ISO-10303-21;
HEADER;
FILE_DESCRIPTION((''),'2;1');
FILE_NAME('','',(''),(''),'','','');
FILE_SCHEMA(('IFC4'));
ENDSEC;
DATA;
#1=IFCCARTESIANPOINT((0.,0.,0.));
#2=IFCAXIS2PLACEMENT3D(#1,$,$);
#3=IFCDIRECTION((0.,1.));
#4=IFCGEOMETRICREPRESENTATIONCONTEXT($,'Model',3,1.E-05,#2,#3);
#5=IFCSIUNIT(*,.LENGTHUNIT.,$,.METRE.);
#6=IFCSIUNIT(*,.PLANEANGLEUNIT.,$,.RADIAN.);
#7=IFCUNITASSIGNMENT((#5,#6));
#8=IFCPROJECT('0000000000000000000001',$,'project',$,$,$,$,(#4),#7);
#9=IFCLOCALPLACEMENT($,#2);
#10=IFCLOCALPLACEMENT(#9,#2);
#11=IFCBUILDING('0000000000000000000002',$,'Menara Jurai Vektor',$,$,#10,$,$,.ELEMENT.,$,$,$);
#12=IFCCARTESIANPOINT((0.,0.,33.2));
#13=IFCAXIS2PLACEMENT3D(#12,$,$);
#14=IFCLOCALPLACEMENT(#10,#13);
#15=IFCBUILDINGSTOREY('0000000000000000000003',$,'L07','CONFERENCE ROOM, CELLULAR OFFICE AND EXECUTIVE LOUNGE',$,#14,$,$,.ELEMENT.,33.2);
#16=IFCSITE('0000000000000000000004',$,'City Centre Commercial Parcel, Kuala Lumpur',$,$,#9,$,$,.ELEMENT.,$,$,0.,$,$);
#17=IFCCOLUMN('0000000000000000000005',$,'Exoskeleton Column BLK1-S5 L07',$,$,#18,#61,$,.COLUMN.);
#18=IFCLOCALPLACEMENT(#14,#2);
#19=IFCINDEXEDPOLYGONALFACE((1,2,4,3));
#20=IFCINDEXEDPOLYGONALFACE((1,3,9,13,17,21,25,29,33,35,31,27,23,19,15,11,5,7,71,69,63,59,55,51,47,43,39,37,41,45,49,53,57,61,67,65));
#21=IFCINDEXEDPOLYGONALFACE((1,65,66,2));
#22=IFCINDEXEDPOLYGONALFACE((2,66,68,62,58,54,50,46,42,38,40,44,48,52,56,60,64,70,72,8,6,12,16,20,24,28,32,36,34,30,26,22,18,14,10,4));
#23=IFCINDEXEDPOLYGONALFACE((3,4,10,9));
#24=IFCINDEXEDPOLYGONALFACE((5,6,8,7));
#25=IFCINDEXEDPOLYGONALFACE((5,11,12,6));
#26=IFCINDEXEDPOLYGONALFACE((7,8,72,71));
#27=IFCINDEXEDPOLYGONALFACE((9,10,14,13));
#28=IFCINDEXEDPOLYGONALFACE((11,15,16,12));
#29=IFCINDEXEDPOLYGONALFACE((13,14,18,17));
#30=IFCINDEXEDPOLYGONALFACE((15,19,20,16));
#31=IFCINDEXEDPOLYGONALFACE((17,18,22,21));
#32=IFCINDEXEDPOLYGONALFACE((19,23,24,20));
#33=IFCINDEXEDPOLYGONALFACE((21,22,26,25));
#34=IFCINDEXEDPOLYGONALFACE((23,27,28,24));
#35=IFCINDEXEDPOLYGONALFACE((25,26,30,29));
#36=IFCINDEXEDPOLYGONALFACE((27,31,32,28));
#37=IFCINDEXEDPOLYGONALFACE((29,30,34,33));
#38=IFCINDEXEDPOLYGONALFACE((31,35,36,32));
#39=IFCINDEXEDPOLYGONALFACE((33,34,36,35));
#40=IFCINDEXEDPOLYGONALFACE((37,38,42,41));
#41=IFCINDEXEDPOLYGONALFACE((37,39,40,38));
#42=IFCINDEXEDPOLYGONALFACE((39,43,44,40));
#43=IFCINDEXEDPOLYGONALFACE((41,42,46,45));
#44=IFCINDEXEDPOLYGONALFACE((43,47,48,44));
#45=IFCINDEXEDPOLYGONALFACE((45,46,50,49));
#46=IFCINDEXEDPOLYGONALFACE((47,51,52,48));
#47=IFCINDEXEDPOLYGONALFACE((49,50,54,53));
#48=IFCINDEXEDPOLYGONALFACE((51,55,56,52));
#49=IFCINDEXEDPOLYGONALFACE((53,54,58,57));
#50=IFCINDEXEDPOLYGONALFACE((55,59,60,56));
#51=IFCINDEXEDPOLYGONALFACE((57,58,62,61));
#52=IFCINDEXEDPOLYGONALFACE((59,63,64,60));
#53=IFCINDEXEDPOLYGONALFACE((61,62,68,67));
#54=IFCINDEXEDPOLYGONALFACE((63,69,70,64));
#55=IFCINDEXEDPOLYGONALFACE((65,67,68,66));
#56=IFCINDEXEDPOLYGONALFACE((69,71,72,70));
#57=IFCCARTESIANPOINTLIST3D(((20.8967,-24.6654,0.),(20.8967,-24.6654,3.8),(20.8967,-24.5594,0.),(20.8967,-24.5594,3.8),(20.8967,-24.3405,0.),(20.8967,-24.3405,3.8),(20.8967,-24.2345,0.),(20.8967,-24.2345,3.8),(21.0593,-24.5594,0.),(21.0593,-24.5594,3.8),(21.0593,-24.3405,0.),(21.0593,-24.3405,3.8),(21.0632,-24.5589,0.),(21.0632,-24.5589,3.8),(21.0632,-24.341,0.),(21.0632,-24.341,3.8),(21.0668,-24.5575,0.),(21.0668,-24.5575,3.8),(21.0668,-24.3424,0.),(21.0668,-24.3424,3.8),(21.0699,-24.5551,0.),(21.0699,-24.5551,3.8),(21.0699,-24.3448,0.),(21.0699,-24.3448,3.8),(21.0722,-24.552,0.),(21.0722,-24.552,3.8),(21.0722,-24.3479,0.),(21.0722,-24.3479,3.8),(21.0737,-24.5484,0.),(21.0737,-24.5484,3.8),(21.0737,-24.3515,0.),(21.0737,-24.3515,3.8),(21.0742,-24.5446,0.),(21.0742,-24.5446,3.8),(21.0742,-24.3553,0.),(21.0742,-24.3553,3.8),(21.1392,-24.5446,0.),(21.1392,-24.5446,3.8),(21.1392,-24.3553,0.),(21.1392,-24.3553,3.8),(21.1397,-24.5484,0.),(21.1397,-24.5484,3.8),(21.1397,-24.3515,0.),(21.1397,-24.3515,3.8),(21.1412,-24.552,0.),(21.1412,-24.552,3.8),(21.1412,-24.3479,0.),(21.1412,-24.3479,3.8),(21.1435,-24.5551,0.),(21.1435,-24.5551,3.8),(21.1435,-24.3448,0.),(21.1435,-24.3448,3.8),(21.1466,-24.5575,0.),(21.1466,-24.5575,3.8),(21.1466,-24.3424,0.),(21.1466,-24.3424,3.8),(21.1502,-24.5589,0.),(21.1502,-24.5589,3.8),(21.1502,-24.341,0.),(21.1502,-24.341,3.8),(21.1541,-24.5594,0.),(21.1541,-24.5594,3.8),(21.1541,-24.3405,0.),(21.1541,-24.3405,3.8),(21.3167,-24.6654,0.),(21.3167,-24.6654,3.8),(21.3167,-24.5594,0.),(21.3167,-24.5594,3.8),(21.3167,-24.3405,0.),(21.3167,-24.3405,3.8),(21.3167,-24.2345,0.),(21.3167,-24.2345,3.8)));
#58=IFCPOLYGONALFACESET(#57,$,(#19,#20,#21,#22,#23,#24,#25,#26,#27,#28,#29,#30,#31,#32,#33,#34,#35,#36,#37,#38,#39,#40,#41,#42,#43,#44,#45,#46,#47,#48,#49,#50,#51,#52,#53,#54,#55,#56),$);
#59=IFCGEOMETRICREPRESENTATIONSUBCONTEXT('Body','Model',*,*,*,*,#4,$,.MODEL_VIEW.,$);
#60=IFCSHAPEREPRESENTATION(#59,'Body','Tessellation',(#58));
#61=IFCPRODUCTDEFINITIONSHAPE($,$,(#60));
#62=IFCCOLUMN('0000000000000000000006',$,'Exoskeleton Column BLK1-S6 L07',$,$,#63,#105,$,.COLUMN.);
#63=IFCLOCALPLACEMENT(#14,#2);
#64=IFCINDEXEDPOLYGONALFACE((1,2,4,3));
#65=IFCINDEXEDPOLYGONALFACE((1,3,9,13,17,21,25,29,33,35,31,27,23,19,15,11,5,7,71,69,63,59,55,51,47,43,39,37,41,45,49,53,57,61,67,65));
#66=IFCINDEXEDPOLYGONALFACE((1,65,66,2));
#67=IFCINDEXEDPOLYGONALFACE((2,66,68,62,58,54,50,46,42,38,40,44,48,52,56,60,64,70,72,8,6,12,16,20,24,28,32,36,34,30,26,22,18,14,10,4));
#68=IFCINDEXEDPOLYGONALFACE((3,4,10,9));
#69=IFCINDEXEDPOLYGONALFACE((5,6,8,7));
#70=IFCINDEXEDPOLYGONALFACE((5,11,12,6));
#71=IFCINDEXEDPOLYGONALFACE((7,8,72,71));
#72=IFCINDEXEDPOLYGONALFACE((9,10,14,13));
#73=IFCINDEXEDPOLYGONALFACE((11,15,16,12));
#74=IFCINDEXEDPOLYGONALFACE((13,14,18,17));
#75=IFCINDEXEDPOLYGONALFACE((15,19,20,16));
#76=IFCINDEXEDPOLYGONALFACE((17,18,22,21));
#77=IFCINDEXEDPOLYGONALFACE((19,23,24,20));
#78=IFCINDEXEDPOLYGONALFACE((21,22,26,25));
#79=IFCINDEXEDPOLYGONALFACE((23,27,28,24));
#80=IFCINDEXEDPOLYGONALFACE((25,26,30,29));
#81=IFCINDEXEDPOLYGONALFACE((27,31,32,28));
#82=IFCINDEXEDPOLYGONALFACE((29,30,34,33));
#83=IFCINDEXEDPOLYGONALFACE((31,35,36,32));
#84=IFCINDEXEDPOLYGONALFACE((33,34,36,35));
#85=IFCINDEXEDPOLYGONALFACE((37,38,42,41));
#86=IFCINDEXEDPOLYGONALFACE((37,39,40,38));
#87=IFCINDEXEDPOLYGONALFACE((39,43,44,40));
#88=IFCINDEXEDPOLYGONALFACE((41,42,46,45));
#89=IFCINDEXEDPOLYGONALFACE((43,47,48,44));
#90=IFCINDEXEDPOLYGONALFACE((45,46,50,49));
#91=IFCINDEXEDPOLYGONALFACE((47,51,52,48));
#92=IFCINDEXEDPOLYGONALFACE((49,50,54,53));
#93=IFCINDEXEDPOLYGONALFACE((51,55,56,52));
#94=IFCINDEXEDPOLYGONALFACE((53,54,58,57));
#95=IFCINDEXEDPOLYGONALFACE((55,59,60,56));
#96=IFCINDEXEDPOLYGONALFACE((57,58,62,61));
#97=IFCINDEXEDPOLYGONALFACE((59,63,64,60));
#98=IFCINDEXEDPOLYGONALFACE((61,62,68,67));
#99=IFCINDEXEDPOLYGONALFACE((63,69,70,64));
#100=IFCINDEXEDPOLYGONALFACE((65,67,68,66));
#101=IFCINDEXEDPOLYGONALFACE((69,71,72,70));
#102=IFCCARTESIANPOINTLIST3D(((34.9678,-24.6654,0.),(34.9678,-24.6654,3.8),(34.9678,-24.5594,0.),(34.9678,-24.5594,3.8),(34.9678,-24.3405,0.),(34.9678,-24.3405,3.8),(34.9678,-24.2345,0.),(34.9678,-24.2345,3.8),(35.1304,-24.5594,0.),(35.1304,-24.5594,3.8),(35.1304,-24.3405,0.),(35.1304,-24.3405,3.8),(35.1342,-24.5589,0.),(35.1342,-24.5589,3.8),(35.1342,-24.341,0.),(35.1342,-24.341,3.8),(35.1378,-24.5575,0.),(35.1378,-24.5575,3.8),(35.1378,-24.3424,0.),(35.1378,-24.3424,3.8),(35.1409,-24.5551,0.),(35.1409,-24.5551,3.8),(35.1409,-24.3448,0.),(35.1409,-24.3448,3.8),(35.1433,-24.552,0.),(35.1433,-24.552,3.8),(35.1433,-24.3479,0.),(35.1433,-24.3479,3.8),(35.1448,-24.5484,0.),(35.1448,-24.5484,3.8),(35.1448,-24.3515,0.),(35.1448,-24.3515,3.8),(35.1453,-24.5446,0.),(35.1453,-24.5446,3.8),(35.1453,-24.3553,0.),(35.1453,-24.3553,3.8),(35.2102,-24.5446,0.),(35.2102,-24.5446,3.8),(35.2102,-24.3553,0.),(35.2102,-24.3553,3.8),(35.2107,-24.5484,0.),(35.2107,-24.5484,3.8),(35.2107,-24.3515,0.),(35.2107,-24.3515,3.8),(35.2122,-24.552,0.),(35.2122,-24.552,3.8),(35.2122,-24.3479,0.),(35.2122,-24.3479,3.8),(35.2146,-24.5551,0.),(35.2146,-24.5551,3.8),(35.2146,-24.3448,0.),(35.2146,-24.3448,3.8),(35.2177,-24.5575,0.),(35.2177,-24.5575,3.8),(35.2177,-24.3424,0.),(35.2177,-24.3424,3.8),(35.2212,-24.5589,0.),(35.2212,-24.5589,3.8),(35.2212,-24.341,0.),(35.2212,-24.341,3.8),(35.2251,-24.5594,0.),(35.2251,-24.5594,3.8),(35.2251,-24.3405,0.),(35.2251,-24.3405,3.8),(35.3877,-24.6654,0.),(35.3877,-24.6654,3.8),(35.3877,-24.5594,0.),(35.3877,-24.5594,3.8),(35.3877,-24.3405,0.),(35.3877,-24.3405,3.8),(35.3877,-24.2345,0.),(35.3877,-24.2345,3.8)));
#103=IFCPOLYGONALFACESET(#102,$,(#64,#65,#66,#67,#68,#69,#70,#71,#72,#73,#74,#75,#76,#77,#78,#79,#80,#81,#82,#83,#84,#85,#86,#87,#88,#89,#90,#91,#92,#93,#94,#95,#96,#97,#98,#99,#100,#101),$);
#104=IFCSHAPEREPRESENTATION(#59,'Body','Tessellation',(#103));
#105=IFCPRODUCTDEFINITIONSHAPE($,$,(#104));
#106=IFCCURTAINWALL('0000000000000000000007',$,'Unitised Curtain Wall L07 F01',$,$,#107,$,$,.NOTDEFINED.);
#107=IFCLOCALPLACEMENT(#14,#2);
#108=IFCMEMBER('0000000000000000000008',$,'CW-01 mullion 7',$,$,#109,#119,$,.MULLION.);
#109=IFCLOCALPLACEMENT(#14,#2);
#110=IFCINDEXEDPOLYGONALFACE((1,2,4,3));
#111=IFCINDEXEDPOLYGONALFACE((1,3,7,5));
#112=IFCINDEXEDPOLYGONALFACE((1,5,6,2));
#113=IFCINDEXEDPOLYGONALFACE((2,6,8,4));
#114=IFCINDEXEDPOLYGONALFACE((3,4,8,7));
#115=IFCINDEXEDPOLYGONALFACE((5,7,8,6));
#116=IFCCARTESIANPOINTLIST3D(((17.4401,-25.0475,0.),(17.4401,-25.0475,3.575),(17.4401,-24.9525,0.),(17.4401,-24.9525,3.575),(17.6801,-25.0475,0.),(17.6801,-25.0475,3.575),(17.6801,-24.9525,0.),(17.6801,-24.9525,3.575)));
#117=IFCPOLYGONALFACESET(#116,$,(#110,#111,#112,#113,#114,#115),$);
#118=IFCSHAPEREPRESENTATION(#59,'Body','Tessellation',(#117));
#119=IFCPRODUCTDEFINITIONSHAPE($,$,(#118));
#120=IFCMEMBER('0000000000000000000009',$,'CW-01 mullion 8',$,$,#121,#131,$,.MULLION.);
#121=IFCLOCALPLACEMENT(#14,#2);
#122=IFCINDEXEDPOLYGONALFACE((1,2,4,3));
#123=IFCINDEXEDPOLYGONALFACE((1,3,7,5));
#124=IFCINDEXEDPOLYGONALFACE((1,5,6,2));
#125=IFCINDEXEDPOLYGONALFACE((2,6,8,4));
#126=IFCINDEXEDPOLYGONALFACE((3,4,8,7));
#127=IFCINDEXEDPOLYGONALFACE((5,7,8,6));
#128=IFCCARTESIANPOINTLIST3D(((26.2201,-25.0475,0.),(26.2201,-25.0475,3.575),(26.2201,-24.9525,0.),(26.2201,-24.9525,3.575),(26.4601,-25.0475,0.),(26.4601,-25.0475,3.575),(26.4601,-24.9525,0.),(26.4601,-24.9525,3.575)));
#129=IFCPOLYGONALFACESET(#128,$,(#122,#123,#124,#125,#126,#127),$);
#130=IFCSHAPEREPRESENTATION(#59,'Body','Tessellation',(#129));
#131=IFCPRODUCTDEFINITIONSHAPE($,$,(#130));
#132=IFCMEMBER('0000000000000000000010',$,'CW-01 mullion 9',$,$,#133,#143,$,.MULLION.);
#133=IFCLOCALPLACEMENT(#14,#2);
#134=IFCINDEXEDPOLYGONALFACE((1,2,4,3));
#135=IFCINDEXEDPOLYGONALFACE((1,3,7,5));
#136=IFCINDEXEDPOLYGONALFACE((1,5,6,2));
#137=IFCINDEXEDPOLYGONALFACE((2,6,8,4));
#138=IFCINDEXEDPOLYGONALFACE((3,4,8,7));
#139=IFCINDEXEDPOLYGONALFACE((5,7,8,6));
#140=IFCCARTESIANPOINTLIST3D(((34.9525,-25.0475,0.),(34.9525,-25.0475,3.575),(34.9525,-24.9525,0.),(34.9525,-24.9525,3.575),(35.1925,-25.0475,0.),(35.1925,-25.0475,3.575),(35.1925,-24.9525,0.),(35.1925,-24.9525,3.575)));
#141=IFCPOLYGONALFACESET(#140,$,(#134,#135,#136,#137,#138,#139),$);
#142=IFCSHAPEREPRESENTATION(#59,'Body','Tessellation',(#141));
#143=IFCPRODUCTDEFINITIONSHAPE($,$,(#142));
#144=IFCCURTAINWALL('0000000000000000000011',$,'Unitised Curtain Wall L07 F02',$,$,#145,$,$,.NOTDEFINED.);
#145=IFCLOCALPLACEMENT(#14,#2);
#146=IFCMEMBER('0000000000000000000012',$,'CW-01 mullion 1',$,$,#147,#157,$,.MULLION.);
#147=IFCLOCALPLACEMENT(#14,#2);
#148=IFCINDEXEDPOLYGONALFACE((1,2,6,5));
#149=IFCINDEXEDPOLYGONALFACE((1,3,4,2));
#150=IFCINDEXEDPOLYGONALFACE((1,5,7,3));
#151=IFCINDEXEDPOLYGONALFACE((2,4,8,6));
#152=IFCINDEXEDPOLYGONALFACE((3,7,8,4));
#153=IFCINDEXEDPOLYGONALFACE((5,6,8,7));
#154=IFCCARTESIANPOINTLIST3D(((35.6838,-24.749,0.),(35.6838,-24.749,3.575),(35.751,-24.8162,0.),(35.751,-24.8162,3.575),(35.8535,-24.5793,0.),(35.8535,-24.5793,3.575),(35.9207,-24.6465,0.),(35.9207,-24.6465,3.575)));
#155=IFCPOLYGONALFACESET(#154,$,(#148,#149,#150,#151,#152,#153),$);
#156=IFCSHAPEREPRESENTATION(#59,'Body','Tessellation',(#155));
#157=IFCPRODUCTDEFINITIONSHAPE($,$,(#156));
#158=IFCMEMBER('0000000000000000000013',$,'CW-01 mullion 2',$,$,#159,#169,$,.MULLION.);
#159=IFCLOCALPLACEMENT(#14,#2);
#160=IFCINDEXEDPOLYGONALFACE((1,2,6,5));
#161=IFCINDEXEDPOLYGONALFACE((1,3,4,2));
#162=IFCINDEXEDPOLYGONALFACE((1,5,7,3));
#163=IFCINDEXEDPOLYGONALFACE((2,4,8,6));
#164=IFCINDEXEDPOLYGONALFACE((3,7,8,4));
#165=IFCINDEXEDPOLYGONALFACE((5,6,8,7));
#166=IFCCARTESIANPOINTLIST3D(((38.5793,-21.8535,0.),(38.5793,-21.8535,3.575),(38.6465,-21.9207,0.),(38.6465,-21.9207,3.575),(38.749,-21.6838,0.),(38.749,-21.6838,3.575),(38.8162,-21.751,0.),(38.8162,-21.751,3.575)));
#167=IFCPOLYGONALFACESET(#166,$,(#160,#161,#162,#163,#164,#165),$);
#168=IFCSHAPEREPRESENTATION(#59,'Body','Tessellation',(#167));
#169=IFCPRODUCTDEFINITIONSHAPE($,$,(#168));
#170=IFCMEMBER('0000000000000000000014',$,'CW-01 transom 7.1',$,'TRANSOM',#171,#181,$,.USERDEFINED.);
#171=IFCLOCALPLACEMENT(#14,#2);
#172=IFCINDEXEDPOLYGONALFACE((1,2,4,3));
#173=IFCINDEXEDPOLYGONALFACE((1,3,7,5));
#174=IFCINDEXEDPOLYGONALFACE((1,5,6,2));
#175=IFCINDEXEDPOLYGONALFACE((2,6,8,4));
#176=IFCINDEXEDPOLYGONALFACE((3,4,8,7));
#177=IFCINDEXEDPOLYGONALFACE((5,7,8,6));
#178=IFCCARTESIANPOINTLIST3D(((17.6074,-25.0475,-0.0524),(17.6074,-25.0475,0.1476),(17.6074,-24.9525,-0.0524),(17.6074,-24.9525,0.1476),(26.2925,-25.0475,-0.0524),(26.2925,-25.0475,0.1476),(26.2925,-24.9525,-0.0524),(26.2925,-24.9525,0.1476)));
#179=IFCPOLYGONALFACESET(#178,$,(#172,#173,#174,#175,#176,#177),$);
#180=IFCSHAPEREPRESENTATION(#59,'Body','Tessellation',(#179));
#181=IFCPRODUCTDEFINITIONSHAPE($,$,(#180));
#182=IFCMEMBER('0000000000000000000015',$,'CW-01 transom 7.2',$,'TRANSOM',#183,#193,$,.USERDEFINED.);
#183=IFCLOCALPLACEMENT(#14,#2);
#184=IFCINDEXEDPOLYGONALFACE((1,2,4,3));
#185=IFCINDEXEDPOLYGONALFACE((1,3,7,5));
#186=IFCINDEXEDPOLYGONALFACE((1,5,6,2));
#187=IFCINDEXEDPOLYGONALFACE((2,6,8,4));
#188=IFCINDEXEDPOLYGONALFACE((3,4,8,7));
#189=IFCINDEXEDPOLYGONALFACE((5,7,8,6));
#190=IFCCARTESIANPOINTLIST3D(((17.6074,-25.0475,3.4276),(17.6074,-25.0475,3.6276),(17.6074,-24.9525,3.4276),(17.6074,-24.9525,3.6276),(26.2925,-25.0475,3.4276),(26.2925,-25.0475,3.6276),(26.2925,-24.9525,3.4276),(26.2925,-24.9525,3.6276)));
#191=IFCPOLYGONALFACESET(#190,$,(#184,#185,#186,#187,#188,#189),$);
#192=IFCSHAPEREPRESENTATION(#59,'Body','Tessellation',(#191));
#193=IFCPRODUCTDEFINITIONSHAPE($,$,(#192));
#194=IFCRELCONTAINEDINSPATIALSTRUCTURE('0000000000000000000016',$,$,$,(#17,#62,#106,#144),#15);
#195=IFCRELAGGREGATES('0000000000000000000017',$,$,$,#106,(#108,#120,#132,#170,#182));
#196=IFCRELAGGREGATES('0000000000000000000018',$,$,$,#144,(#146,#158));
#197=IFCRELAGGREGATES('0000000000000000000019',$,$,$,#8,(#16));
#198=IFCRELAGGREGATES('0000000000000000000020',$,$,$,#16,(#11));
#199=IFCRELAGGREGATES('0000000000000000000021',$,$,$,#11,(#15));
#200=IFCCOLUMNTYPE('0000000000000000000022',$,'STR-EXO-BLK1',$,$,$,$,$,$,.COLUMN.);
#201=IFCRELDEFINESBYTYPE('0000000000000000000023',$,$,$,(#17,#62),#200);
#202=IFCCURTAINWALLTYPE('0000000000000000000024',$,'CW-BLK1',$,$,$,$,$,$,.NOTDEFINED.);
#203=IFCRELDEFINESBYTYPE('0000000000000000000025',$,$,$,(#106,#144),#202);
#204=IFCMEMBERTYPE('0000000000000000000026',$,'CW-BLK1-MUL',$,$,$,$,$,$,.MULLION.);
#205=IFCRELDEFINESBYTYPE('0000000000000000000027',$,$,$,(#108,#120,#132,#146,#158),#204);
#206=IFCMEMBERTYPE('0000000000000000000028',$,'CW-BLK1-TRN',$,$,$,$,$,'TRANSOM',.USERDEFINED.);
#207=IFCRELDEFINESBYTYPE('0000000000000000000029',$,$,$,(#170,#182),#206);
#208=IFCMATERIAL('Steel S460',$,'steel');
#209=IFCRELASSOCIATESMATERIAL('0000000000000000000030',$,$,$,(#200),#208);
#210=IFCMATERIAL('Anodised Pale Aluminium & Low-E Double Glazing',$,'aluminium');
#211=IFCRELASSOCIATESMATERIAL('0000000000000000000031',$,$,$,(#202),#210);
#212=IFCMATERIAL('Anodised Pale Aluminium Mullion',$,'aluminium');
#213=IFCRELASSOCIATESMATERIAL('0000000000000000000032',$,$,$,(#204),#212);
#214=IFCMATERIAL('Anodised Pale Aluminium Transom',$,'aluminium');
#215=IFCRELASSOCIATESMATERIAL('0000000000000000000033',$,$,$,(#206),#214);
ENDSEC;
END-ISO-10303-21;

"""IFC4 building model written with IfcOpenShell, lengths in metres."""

from ifc_helpers import new_model, si_unit, direction, frame, origin, origin_2d, place, context, subcontext, project, spatial, rectangle, i_section, extrude, material, material_profile, profile_set, type_object, element, aggregate, save


model = new_model("IFC4")

# Units and contexts
model_context = context("Model", 3, precision=1e-05, world=origin(), true_north=direction((0.0, 1.0)))
body_context = subcontext(model_context, "Body", "Model", "MODEL_VIEW")
ifc_project = project(units=[si_unit("LENGTHUNIT", "METRE"), si_unit("PLANEANGLEUNIT", "RADIAN")], contexts=[model_context])

# Site, building, storey
site_placement = place(None, origin())
site = spatial("IfcSite", under=ifc_project, at=site_placement, Name="City Centre Commercial Parcel, Kuala Lumpur", CompositionType="ELEMENT", RefElevation=0.0)
building_placement = place(site_placement, origin())
building = spatial("IfcBuilding", under=site, at=building_placement, Name="Menara Jurai Vektor", CompositionType="ELEMENT")
storey_placement = place(building_placement, frame((0.0, 0.0, 33.2)))
storey = spatial("IfcBuildingStorey", under=building, at=storey_placement, Name="L07", Description="CONFERENCE ROOM, CELLULAR OFFICE AND EXECUTIVE LOUNGE", CompositionType="ELEMENT", Elevation=33.2)

# Columns
ifc_material_1 = material(Name="Steel S460", Category="steel")
ifc_material_profile_1 = material_profile(ifc_material_1, i_section(OverallWidth=0.4199, OverallDepth=0.4309, WebThickness=0.0649, FlangeThickness=0.106, FilletRadius=0.0149, at=origin_2d()), Name="HD 400x900")
ifc_profile_set_1 = profile_set([ifc_material_profile_1], Name="Steel S460")
column_type = type_object("IfcColumnType", Name="STR-EXO-BLK1", PredefinedType="COLUMN", material=ifc_profile_set_1)
for number, where, z_axis, x_axis, name in (
    (1, (21.1067, -24.45, 0.0), (0.0, 0.0, 1.0), (1.0, 0.0, 0.0), "Exoskeleton Column BLK1-S5 L07"),
    (2, (35.1777, -24.45, 0.0), (0.0, 0.0, 1.0), (1.0, 0.0, 0.0), "Exoskeleton Column BLK1-S6 L07"),
):
    element("IfcColumn", number, at=place(storey_placement, frame(where, z_axis=z_axis, x_axis=x_axis)), inside=storey, type_object=column_type, Name=name, PredefinedType="COLUMN", context=body_context, shape_type="SweptSolid", body=[
        extrude(i_section(OverallWidth=0.4199, OverallDepth=0.4309, WebThickness=0.0649, FlangeThickness=0.106, FilletRadius=0.0149, at=origin_2d()), origin(), (0.0, 0.0, 1.0), 3.8),
    ])

# Curtain walls, members
ifc_material_2 = material(Name="Anodised Pale Aluminium & Low-E Double Glazing", Category="aluminium")
curtain_wall_type = type_object("IfcCurtainWallType", Name="CW-BLK1", PredefinedType="NOTDEFINED", material=ifc_material_2)
curtain_wall_1_placement = place(storey_placement, origin())
curtain_wall_1 = element("IfcCurtainWall", 3, at=curtain_wall_1_placement, inside=storey, type_object=curtain_wall_type, Name="Unitised Curtain Wall L07 F01", PredefinedType="NOTDEFINED")
ifc_material_3 = material(Name="Anodised Pale Aluminium Mullion", Category="aluminium")
ifc_material_profile_2 = material_profile(ifc_material_3, rectangle(XDim=0.095, YDim=0.24, at=origin_2d()), Name="ALU MUL 95x240")
ifc_profile_set_2 = profile_set([ifc_material_profile_2], Name="Anodised Pale Aluminium Mullion")
member_type_1 = type_object("IfcMemberType", Name="CW-BLK1-MUL", PredefinedType="MULLION", material=ifc_profile_set_2)
member_1_placement = place(storey_placement, frame((17.5601, -25.0, 0.0), z_axis=(0.0, 0.0, 1.0), x_axis=(0.0, 1.0, 0.0)))
member_1 = element("IfcMember", 4, at=member_1_placement, type_object=member_type_1, Name="CW-01 mullion 7", PredefinedType="MULLION", context=body_context, shape_type="SweptSolid", body=[
    extrude(rectangle(XDim=0.095, YDim=0.24, at=origin_2d()), origin(), (0.0, 0.0, 1.0), 3.575),
])
member_2_placement = place(storey_placement, frame((26.3401, -25.0, 0.0), z_axis=(0.0, 0.0, 1.0), x_axis=(0.0, 1.0, 0.0)))
member_2 = element("IfcMember", 5, at=member_2_placement, type_object=member_type_1, Name="CW-01 mullion 8", PredefinedType="MULLION", context=body_context, shape_type="SweptSolid", body=[
    extrude(rectangle(XDim=0.095, YDim=0.24, at=origin_2d()), origin(), (0.0, 0.0, 1.0), 3.575),
])
member_3_placement = place(storey_placement, frame((35.0725, -25.0, 0.0), z_axis=(0.0, 0.0, 1.0), x_axis=(0.0, 1.0, 0.0)))
member_3 = element("IfcMember", 6, at=member_3_placement, type_object=member_type_1, Name="CW-01 mullion 9", PredefinedType="MULLION", context=body_context, shape_type="SweptSolid", body=[
    extrude(rectangle(XDim=0.095, YDim=0.24, at=origin_2d()), origin(), (0.0, 0.0, 1.0), 3.575),
])
curtain_wall_2_placement = place(storey_placement, origin())
curtain_wall_2 = element("IfcCurtainWall", 7, at=curtain_wall_2_placement, inside=storey, type_object=curtain_wall_type, Name="Unitised Curtain Wall L07 F02", PredefinedType="NOTDEFINED")
member_4_placement = place(storey_placement, frame((35.8022, -24.6978, 0.0), z_axis=(0.0, 0.0, 1.0), x_axis=(-0.707107, 0.707107, 0.0)))
member_4 = element("IfcMember", 8, at=member_4_placement, type_object=member_type_1, Name="CW-01 mullion 1", PredefinedType="MULLION", context=body_context, shape_type="SweptSolid", body=[
    extrude(rectangle(XDim=0.095, YDim=0.24, at=origin_2d()), origin(), (0.0, 0.0, 1.0), 3.575),
])
member_5_placement = place(storey_placement, frame((38.6978, -21.8022, 0.0), z_axis=(0.0, 0.0, 1.0), x_axis=(-0.707107, 0.707107, 0.0)))
member_5 = element("IfcMember", 9, at=member_5_placement, type_object=member_type_1, Name="CW-01 mullion 2", PredefinedType="MULLION", context=body_context, shape_type="SweptSolid", body=[
    extrude(rectangle(XDim=0.095, YDim=0.24, at=origin_2d()), origin(), (0.0, 0.0, 1.0), 3.575),
])

# Members
ifc_material_4 = material(Name="Anodised Pale Aluminium Transom", Category="aluminium")
ifc_material_profile_3 = material_profile(ifc_material_4, rectangle(XDim=0.095, YDim=0.2, at=origin_2d()), Name="ALU TRN 95x200")
ifc_profile_set_3 = profile_set([ifc_material_profile_3], Name="Anodised Pale Aluminium Transom")
member_type_2 = type_object("IfcMemberType", Name="CW-BLK1-TRN", ElementType="TRANSOM", PredefinedType="USERDEFINED", material=ifc_profile_set_3)
member_6_placement = place(storey_placement, frame((17.6074, -25.0, 0.0476), z_axis=(1.0, 0.0, 0.0), x_axis=(0.0, 1.0, 0.0)))
member_6 = element("IfcMember", 10, at=member_6_placement, type_object=member_type_2, Name="CW-01 transom 7.1", ObjectType="TRANSOM", PredefinedType="USERDEFINED", context=body_context, shape_type="SweptSolid", body=[
    extrude(rectangle(XDim=0.095, YDim=0.2, at=origin_2d()), origin(), (0.0, 0.0, 1.0), 8.6851),
])
member_7_placement = place(storey_placement, frame((17.6074, -25.0, 3.5276), z_axis=(1.0, 0.0, 0.0), x_axis=(0.0, 1.0, 0.0)))
member_7 = element("IfcMember", 11, at=member_7_placement, type_object=member_type_2, Name="CW-01 transom 7.2", ObjectType="TRANSOM", PredefinedType="USERDEFINED", context=body_context, shape_type="SweptSolid", body=[
    extrude(rectangle(XDim=0.095, YDim=0.2, at=origin_2d()), origin(), (0.0, 0.0, 1.0), 8.6851),
])

aggregate(curtain_wall_1, [member_1, member_2, member_3, member_6, member_7])
aggregate(curtain_wall_2, [member_4, member_5])

save(model, "model.ifc")
